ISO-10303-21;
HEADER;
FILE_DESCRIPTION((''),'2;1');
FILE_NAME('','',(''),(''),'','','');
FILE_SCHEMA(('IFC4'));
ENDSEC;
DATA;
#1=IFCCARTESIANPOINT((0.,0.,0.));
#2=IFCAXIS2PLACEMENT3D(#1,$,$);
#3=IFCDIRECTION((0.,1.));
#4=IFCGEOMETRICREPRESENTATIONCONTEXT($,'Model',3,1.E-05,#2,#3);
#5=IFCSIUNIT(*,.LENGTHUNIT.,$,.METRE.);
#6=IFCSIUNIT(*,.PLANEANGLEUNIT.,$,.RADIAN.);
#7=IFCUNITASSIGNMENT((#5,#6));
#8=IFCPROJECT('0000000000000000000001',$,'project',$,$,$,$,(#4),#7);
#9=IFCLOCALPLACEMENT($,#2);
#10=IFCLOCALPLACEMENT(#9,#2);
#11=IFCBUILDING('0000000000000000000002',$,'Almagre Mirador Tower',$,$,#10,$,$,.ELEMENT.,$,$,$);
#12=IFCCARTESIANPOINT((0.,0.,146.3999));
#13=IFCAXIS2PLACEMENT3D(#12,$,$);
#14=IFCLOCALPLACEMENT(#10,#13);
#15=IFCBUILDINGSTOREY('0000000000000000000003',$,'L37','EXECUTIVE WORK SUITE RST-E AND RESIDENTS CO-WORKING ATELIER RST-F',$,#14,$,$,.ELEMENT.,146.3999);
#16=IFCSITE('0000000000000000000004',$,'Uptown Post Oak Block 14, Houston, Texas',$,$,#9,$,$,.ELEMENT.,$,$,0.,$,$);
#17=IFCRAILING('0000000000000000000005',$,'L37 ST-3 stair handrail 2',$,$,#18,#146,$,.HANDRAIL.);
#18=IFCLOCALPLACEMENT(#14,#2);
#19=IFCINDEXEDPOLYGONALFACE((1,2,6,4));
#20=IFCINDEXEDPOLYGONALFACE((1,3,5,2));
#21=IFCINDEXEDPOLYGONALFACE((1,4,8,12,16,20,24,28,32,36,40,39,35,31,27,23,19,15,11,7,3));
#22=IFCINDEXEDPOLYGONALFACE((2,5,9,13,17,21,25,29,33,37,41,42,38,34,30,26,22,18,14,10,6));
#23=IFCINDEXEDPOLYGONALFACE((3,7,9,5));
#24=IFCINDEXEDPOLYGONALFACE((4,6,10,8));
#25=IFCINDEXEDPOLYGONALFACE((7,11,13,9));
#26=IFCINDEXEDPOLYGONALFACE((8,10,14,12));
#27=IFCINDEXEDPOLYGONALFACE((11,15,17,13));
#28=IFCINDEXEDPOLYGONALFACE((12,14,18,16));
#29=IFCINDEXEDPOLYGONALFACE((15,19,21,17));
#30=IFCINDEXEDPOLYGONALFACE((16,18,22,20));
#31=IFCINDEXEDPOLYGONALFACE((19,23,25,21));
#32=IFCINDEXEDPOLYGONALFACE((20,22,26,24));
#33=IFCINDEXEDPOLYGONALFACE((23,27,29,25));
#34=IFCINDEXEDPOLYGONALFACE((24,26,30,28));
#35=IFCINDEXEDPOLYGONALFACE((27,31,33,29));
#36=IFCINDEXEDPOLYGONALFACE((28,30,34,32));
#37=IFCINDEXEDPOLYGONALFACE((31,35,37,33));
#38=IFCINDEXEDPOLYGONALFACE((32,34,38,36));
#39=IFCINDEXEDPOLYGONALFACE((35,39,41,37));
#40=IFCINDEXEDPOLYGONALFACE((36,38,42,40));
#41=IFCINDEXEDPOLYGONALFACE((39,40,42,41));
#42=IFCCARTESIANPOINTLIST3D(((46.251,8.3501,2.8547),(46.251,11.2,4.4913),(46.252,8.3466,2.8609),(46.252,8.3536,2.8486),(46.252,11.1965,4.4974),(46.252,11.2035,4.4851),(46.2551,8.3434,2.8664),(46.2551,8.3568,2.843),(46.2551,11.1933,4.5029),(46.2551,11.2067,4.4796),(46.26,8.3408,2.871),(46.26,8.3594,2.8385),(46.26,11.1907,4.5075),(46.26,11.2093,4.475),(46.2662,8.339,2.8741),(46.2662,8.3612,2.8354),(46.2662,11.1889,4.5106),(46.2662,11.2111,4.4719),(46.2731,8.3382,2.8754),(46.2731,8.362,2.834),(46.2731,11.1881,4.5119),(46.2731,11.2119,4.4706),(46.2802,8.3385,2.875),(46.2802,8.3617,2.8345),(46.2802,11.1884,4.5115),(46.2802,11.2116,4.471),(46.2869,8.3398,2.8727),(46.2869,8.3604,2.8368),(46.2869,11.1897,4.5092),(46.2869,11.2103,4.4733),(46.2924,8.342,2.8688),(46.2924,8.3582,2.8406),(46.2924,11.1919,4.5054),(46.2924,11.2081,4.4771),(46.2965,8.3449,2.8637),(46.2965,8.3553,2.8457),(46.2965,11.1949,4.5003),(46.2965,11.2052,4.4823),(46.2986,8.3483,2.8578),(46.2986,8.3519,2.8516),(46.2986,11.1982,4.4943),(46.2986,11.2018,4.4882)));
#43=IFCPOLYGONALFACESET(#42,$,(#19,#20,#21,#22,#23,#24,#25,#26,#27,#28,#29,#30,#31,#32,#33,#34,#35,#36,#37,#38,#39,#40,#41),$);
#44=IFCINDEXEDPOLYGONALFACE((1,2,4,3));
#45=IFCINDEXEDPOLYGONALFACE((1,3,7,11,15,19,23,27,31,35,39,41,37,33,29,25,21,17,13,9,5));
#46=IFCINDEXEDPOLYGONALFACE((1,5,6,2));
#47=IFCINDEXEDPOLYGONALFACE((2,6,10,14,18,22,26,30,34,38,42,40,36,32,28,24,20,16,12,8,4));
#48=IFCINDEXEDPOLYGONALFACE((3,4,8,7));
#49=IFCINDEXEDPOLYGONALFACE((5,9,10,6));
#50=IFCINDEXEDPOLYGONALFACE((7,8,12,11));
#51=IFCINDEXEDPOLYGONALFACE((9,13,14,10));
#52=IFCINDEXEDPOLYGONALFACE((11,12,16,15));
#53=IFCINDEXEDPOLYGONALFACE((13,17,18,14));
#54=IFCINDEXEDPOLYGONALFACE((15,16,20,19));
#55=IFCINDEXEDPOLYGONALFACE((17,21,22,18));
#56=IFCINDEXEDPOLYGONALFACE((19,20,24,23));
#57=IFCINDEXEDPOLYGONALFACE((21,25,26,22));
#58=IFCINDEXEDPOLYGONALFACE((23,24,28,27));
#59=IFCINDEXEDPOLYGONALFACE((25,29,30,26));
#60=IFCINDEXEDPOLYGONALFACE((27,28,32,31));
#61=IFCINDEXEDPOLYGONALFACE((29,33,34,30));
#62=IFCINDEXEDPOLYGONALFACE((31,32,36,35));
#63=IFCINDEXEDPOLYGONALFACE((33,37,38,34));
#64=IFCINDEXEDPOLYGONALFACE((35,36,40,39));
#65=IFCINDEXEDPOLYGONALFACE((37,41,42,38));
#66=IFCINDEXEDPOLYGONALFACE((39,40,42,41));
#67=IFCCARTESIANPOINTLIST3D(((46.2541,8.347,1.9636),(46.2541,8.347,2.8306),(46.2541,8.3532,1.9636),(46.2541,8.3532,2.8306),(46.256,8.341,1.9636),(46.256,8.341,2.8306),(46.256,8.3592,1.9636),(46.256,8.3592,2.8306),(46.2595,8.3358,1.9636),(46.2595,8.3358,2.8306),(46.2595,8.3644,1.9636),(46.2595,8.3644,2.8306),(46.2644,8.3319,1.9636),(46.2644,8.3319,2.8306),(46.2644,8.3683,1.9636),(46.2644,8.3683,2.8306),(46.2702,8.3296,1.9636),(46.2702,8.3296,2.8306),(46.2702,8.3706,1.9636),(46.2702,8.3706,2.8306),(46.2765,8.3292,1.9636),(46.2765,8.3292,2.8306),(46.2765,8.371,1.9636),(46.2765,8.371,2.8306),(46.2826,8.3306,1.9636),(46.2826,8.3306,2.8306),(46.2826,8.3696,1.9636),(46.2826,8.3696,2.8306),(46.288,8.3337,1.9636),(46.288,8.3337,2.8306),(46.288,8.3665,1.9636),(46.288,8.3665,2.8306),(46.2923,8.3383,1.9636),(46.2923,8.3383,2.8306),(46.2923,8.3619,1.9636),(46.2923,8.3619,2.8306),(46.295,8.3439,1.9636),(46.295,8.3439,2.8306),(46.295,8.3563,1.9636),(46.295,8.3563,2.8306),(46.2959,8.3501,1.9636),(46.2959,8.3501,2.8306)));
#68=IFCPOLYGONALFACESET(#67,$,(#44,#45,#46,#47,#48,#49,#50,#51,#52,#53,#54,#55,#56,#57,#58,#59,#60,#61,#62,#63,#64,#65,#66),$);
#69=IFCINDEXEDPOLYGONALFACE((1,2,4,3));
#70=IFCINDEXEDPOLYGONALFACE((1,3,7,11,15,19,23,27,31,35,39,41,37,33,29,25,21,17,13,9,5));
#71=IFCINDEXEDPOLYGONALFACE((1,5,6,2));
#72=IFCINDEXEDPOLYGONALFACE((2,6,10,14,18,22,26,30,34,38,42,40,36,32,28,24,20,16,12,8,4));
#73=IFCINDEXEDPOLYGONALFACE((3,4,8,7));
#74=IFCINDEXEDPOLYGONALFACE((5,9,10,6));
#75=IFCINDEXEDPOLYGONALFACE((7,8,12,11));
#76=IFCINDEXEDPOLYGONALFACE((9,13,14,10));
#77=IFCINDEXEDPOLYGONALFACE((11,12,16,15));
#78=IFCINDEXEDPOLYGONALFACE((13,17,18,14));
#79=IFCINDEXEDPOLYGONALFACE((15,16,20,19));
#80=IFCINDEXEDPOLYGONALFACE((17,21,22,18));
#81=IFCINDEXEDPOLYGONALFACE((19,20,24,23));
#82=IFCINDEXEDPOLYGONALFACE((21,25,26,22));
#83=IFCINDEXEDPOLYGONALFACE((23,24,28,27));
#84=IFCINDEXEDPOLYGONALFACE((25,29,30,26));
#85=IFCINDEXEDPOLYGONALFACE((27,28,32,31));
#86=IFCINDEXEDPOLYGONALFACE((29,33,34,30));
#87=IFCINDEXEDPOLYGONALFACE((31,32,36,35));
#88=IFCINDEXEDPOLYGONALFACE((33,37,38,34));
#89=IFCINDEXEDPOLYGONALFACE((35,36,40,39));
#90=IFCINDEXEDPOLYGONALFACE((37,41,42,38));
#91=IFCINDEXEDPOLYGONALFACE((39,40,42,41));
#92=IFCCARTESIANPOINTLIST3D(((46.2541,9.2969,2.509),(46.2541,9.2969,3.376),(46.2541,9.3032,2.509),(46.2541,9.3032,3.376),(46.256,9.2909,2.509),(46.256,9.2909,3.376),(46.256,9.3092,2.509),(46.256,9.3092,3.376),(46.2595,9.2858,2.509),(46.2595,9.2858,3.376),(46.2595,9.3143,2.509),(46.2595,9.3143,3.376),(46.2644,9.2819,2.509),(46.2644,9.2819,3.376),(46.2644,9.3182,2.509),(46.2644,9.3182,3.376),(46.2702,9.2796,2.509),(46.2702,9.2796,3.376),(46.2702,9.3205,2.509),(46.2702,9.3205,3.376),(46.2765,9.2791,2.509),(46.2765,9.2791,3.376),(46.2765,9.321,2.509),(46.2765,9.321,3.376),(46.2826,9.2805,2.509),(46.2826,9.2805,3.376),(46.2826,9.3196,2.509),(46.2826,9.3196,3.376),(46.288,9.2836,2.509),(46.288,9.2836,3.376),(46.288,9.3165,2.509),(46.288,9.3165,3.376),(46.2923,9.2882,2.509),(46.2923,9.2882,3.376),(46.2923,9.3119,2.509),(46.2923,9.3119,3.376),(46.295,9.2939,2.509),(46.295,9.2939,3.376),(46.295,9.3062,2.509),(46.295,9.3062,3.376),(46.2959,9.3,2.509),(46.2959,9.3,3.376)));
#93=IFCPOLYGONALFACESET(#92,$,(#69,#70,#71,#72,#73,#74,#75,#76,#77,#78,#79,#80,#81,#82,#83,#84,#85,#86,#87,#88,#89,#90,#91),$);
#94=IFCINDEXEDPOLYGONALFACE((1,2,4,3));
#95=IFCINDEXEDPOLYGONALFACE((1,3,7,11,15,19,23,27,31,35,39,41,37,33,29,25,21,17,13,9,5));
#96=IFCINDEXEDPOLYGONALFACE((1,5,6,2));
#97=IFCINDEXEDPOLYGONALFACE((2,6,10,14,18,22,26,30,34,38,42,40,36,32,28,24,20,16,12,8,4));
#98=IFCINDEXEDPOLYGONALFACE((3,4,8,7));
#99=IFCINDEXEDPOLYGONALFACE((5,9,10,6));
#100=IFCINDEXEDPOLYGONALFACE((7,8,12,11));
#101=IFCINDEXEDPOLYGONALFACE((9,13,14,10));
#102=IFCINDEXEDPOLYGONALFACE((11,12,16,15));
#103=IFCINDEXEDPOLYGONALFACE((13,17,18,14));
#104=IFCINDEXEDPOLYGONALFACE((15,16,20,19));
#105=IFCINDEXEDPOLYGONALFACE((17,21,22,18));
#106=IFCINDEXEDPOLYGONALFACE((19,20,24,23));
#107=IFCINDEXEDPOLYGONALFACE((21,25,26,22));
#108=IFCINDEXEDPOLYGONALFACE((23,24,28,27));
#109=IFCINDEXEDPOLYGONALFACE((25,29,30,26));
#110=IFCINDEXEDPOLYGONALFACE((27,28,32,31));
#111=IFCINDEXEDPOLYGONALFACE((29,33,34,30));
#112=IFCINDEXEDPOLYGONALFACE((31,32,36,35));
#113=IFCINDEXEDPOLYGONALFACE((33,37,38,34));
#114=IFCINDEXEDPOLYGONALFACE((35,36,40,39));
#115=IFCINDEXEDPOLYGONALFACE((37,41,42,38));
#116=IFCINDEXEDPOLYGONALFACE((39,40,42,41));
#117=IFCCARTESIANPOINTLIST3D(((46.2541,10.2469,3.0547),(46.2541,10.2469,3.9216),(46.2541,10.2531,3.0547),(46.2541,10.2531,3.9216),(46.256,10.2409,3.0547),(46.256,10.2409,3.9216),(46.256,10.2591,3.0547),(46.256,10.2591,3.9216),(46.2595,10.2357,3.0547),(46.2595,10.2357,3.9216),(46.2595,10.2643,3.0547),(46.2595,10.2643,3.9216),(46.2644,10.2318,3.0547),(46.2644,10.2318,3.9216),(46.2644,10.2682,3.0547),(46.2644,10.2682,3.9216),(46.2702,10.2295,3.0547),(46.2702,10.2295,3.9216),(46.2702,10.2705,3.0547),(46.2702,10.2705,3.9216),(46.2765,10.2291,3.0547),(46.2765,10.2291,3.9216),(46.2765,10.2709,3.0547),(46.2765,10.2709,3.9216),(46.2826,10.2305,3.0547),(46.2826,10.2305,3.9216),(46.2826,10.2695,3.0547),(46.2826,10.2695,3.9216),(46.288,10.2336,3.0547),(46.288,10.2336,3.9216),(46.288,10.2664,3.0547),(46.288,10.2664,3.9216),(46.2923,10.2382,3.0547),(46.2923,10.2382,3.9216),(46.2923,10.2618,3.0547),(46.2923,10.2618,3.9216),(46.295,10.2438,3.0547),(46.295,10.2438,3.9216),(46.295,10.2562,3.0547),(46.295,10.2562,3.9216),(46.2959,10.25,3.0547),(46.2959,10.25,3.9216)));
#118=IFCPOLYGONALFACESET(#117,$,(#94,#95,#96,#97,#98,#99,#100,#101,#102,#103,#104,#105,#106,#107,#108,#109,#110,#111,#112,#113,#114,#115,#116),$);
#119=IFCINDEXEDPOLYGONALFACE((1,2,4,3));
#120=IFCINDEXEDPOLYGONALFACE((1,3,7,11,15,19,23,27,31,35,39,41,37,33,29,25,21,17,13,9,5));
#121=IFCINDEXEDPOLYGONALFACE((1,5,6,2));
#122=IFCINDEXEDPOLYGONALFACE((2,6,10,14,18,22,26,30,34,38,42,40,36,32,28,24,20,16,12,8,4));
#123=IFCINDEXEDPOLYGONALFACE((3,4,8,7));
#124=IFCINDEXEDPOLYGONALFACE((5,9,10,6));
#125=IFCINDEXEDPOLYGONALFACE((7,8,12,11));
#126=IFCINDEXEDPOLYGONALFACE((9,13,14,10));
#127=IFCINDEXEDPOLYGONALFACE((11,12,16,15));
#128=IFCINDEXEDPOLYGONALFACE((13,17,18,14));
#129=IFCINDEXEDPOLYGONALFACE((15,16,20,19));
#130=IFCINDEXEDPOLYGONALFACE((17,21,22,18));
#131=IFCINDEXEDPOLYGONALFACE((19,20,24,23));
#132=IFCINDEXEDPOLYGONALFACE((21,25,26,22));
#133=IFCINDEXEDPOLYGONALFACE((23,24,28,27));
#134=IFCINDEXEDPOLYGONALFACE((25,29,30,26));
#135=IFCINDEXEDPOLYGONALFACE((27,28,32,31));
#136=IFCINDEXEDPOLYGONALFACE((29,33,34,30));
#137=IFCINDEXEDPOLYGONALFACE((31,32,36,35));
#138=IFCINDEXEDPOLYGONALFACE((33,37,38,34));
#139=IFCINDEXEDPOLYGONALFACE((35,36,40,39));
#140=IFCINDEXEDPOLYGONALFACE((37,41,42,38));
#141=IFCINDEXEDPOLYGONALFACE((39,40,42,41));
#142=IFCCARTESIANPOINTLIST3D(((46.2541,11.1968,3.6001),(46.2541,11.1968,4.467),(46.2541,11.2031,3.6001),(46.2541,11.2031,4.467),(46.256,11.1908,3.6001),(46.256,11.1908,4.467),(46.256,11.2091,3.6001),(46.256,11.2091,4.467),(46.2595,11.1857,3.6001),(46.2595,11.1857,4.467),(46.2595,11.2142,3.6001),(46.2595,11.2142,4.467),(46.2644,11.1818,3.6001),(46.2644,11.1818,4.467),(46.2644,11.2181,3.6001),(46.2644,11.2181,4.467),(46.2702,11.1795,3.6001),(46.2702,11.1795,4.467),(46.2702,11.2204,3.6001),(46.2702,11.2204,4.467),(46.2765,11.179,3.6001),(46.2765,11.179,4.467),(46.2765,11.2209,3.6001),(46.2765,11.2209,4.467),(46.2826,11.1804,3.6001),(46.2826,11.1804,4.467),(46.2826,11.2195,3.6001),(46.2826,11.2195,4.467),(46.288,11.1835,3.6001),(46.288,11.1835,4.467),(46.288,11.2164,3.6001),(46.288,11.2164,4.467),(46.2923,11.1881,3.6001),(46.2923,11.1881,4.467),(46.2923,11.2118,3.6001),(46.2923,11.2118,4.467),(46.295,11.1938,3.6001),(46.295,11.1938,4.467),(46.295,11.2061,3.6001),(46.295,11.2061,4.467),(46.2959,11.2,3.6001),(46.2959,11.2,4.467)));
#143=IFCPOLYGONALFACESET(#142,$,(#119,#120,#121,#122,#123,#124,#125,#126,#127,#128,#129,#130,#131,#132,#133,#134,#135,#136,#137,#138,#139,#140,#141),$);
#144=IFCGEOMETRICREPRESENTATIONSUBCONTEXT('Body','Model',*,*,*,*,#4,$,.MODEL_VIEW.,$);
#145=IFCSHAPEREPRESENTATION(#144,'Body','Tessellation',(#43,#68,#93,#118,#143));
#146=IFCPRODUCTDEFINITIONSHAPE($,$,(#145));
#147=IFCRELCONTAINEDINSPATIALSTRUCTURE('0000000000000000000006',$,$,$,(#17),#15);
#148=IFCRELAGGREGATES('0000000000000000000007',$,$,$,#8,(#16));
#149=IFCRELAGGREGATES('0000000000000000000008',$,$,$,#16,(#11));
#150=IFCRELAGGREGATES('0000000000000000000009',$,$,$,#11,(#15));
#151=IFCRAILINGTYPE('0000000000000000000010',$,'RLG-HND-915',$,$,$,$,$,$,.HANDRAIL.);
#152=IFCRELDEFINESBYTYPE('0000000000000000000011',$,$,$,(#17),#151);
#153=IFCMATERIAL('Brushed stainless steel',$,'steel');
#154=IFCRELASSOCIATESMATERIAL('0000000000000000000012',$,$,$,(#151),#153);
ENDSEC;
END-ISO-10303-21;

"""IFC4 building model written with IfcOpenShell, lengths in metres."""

from ifc_helpers import new_model, si_unit, direction, frame, origin, origin_2d, place, context, subcontext, project, spatial, circle, extrude, material, type_object, element, save


model = new_model("IFC4")

# Units and contexts
model_context = context("Model", 3, precision=1e-05, world=origin(), true_north=direction((0.0, 1.0)))
body_context = subcontext(model_context, "Body", "Model", "MODEL_VIEW")
ifc_project = project(units=[si_unit("LENGTHUNIT", "METRE"), si_unit("PLANEANGLEUNIT", "RADIAN")], contexts=[model_context])

# Site, building, storey
site_placement = place(None, origin())
site = spatial("IfcSite", under=ifc_project, at=site_placement, Name="Uptown Post Oak Block 14, Houston, Texas", CompositionType="ELEMENT", RefElevation=0.0)
building_placement = place(site_placement, origin())
building = spatial("IfcBuilding", under=site, at=building_placement, Name="Almagre Mirador Tower", CompositionType="ELEMENT")
storey_placement = place(building_placement, frame((0.0, 0.0, 146.3999)))
storey = spatial("IfcBuildingStorey", under=building, at=storey_placement, Name="L37", Description="EXECUTIVE WORK SUITE RST-E AND RESIDENTS CO-WORKING ATELIER RST-F", CompositionType="ELEMENT", Elevation=146.3999)

# Railing
ifc_material_1 = material(Name="Brushed stainless steel", Category="steel")
railing_type_1 = type_object("IfcRailingType", Name="RLG-HND-915", PredefinedType="HANDRAIL", material=ifc_material_1)
railing_1_placement = place(storey_placement, frame((46.2749, 8.3501, 1.9636)))
element("IfcRailing", 1, at=railing_1_placement, inside=storey, type_object=railing_type_1, Name="L37 ST-3 stair handrail 2", PredefinedType="HANDRAIL", context=body_context, shape_type="SweptSolid", body=[
    extrude(circle(Radius=0.0239, at=origin_2d()), frame((0.0, 0.0, 0.8911), z_axis=(0.0, 0.867194, 0.49797), x_axis=(-1.0, 0.0, 0.0)), (0.0, 0.0, 1.0), 3.2864),
    extrude(circle(Radius=0.021, at=origin_2d()), origin(), (0.0, 0.0, 1.0), 0.8669),
    extrude(circle(Radius=0.021, at=origin_2d()), frame((0.0, 0.95, 0.5454)), (0.0, 0.0, 1.0), 0.8669),
    extrude(circle(Radius=0.021, at=origin_2d()), frame((0.0, 1.8999, 1.0911)), (0.0, 0.0, 1.0), 0.8669),
    extrude(circle(Radius=0.021, at=origin_2d()), frame((0.0, 2.8499, 1.6365)), (0.0, 0.0, 1.0), 0.8669),
])

save(model, "model.ifc")
